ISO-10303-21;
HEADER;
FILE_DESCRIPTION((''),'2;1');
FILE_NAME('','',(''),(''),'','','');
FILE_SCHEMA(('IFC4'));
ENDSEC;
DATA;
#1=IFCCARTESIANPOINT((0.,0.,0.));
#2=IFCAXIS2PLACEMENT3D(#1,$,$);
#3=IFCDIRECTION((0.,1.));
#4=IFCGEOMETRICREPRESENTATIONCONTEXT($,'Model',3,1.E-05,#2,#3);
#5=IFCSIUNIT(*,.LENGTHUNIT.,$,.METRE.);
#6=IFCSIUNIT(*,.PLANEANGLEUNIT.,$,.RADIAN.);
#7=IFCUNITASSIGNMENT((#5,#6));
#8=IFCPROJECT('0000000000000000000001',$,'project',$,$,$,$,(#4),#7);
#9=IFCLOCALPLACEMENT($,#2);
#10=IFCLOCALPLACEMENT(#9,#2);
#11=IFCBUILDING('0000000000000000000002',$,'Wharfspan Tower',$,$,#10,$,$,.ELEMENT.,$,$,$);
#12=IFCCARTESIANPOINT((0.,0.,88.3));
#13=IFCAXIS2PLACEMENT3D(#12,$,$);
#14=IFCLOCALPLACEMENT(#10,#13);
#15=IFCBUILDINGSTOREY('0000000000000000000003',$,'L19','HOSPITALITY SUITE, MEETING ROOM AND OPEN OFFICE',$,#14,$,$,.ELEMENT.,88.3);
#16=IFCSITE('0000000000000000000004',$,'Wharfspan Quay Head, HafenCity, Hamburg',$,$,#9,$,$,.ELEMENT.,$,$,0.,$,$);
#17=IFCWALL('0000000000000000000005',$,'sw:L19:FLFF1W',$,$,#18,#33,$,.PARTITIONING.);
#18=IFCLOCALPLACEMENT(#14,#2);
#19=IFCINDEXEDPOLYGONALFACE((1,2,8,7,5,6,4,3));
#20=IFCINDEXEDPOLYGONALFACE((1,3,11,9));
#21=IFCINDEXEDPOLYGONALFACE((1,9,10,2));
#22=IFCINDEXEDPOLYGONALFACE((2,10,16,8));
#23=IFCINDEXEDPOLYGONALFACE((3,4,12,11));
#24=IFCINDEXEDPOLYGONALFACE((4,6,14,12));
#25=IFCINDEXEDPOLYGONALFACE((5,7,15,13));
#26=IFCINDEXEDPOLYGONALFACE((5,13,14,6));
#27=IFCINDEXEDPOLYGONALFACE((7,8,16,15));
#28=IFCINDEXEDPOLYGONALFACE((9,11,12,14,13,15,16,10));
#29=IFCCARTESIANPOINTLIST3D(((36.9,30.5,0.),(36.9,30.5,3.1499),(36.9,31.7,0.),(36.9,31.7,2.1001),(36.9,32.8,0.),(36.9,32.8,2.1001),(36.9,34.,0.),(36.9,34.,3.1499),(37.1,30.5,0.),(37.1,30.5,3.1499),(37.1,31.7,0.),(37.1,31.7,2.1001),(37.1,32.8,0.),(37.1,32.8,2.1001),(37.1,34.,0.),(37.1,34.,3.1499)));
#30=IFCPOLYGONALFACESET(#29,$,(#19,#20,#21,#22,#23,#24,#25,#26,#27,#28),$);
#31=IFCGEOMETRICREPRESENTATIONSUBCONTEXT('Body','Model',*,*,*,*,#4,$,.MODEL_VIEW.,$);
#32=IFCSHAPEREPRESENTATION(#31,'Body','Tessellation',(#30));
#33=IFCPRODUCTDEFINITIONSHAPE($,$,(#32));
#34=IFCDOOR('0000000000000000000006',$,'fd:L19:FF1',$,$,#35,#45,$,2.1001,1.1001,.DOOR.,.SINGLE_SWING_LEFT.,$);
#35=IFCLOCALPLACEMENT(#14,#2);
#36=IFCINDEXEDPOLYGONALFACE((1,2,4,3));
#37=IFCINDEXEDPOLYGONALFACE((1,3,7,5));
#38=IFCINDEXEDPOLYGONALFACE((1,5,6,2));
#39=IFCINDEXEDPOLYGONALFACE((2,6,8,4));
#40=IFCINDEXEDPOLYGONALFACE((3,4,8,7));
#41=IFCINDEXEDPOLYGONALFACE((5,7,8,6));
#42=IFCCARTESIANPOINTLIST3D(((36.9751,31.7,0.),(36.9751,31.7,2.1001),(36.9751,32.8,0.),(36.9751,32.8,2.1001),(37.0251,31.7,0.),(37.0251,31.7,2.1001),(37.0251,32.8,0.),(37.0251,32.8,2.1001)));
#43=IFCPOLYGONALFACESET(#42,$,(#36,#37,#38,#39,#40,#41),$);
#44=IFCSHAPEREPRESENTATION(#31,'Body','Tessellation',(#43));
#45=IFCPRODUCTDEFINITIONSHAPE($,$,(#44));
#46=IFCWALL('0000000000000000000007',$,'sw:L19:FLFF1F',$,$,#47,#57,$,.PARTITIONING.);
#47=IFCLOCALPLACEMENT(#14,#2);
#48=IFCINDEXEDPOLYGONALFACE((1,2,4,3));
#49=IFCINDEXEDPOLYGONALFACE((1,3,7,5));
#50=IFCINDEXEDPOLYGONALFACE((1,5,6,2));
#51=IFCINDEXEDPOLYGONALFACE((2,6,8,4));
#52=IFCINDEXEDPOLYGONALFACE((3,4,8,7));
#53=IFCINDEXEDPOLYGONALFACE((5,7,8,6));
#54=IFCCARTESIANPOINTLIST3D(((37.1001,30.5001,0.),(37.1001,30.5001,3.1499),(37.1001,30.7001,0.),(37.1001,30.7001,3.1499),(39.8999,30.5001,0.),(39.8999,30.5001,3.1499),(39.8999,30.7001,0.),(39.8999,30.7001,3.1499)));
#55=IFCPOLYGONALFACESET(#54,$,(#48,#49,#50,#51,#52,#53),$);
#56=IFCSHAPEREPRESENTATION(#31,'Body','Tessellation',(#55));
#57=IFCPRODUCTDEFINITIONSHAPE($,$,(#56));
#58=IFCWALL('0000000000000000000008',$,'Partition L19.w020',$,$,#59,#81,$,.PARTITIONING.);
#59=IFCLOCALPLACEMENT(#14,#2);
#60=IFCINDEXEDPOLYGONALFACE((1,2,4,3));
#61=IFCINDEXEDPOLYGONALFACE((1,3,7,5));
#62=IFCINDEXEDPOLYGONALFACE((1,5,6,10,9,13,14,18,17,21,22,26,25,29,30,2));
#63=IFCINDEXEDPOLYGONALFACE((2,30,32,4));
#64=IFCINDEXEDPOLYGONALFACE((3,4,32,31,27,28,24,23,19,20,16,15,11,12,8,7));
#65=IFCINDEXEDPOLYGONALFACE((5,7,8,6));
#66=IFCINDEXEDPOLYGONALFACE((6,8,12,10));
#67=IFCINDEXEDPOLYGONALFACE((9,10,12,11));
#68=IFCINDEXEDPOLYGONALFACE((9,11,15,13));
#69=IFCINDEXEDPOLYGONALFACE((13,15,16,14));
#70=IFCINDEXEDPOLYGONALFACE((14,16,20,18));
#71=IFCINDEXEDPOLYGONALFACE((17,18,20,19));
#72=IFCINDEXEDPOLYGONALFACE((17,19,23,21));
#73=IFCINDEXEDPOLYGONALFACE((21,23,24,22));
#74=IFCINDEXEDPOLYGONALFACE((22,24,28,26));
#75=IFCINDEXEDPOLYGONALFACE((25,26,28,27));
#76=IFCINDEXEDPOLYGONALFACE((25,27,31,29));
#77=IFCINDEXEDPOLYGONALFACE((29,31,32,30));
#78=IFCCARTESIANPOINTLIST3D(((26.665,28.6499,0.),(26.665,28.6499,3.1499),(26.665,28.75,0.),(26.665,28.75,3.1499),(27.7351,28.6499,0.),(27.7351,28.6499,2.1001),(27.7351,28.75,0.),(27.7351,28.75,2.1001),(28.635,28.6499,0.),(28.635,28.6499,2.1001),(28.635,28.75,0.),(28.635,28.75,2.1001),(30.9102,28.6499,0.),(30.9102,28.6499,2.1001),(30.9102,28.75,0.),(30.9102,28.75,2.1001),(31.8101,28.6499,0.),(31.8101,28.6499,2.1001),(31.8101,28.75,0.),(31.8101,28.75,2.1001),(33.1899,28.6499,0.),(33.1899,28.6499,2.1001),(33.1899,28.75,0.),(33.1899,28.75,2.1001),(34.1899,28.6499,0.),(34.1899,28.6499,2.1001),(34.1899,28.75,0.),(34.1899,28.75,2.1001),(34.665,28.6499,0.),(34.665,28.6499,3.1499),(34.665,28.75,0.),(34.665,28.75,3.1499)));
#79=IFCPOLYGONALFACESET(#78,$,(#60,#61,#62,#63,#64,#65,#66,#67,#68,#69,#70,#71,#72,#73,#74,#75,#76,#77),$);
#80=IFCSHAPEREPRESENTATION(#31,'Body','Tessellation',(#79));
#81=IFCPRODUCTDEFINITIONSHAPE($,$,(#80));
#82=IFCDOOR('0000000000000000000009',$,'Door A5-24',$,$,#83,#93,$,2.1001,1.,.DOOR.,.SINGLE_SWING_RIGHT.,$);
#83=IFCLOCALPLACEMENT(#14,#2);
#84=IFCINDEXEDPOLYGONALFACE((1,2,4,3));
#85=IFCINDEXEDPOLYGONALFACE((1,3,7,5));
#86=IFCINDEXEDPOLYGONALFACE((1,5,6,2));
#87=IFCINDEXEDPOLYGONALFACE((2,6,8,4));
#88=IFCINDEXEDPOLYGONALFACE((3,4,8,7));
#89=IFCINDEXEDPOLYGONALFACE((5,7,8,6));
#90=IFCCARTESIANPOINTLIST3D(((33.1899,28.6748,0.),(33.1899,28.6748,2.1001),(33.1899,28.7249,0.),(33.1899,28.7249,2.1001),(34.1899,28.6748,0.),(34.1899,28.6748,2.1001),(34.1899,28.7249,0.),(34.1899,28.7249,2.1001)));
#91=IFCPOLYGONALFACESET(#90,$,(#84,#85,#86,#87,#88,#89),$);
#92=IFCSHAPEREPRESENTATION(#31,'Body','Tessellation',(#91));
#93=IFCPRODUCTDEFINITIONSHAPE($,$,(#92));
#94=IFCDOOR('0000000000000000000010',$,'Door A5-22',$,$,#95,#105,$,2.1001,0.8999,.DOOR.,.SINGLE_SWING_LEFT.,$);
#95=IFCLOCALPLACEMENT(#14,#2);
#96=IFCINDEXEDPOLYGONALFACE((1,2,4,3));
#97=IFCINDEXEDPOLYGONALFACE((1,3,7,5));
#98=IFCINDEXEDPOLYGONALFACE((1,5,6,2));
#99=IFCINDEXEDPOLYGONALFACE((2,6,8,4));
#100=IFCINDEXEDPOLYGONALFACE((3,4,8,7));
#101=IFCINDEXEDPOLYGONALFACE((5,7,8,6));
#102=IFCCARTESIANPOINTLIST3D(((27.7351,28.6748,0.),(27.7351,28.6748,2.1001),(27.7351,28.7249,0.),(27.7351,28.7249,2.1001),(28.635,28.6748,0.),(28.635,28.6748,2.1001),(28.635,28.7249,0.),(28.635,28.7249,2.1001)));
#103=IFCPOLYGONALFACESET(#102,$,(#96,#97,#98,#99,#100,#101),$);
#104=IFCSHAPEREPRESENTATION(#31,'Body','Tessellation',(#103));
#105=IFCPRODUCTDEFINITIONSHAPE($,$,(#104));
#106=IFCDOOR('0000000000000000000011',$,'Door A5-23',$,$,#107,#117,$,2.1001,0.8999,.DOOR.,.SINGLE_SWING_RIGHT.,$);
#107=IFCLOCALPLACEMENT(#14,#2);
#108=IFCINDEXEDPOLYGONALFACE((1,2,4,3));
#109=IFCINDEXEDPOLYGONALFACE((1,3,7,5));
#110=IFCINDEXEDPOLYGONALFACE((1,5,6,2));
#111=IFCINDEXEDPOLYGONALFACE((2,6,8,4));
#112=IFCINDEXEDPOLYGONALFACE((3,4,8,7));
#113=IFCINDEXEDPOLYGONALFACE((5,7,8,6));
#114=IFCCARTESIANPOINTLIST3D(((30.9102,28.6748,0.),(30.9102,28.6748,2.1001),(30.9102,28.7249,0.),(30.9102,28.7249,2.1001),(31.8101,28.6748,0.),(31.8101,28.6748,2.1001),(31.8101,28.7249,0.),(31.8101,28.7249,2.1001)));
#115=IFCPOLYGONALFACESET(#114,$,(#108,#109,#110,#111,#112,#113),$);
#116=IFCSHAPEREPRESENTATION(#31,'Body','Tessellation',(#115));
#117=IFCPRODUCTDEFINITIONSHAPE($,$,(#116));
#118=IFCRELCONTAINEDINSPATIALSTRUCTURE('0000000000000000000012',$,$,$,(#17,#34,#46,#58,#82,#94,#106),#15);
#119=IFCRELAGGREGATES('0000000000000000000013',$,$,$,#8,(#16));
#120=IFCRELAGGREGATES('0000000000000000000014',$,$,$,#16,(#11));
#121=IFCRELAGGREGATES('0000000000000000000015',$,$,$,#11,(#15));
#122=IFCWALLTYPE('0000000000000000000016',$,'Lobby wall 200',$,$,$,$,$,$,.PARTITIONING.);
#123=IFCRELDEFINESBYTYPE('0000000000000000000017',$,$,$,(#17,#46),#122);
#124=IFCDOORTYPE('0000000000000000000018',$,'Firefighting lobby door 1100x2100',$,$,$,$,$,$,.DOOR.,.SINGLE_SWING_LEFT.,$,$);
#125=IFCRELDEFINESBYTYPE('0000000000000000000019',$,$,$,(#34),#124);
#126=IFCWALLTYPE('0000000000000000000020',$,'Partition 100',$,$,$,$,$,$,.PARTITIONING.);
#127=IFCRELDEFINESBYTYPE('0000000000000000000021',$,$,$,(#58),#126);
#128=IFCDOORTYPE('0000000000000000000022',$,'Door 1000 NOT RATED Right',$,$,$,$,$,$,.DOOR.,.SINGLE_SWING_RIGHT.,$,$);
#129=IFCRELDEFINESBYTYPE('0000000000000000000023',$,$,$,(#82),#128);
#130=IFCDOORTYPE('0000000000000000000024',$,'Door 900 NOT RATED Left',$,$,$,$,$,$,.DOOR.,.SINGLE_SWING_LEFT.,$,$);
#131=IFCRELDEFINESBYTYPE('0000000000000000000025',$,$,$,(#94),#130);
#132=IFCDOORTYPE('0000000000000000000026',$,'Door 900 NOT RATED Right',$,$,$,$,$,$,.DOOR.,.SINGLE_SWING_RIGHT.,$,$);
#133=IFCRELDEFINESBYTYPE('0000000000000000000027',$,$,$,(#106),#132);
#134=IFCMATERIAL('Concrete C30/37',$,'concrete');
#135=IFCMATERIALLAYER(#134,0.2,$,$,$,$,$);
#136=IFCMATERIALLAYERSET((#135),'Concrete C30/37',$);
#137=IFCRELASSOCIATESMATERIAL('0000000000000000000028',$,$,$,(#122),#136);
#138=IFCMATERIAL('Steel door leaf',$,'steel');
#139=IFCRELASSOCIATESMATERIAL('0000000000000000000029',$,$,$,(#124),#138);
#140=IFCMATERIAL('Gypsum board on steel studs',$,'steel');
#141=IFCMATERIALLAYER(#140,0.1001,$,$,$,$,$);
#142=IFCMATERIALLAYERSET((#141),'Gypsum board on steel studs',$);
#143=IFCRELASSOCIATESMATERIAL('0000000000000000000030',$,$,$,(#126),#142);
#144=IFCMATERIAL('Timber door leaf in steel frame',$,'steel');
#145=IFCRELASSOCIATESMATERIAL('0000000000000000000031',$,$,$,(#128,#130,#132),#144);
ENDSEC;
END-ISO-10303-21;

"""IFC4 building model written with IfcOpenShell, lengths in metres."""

from ifc_helpers import new_model, si_unit, direction, frame, frame_2d, origin, place, context, subcontext, project, spatial, rectangle, extrude, material, layer, layer_set, type_object, element, fill, save


model = new_model("IFC4")

# Units and contexts
model_context = context("Model", 3, precision=1e-05, world=origin(), true_north=direction((0.0, 1.0)))
body_context = subcontext(model_context, "Body", "Model", "MODEL_VIEW")
ifc_project = project(units=[si_unit("LENGTHUNIT", "METRE"), si_unit("PLANEANGLEUNIT", "RADIAN")], contexts=[model_context])

# Site, building, storey
site_placement = place(None, origin())
site = spatial("IfcSite", under=ifc_project, at=site_placement, Name="Wharfspan Quay Head, HafenCity, Hamburg", CompositionType="ELEMENT", RefElevation=0.0)
building_placement = place(site_placement, origin())
building = spatial("IfcBuilding", under=site, at=building_placement, Name="Wharfspan Tower", CompositionType="ELEMENT")
storey_placement = place(building_placement, frame((0.0, 0.0, 88.3)))
storey = spatial("IfcBuildingStorey", under=building, at=storey_placement, Name="L19", Description="HOSPITALITY SUITE, MEETING ROOM AND OPEN OFFICE", CompositionType="ELEMENT", Elevation=88.3)

# Shared definitions
ifc_material_1 = material(Name="Gypsum board on steel studs", Category="steel")

# Wall, opening, door
ifc_material_2 = material(Name="Concrete C30/37", Category="concrete")
ifc_layer_1 = layer(ifc_material_2, 0.2)
ifc_layer_set_1 = layer_set([ifc_layer_1], Name="Concrete C30/37")
wall_type_1 = type_object("IfcWallType", Name="Lobby wall 200", PredefinedType="PARTITIONING", material=ifc_layer_set_1)
wall_1_placement = place(storey_placement, frame((37.0, 30.5, 0.0), z_axis=(0.0, 0.0, 1.0), x_axis=(0.0, 1.0, 0.0)))
wall_1 = element("IfcWall", 1, at=wall_1_placement, inside=storey, type_object=wall_type_1, Name="sw:L19:FLFF1W", PredefinedType="PARTITIONING", context=body_context, shape_type="SweptSolid", body=[
    extrude(rectangle(XDim=3.5, YDim=0.2, at=frame_2d((1.75, 0.0))), origin(), (0.0, 0.0, 1.0), 3.1499),
])
opening_1_placement = place(wall_1_placement, frame((1.2, 0.0, 0.0)))
opening_1 = element("IfcOpeningElement", 2, at=opening_1_placement, cuts=wall_1, PredefinedType="OPENING", context=body_context, shape_type="SweptSolid", body=[
    extrude(rectangle(XDim=1.1001, YDim=2.1001, at=frame_2d((0.55, 1.05))), frame((0.0, 0.1099, 0.0), z_axis=(0.0, -1.0, 0.0), x_axis=(1.0, 0.0, 0.0)), (0.0, 0.0, 1.0), 0.22),
])
ifc_material_3 = material(Name="Steel door leaf", Category="steel")
door_type_1 = type_object("IfcDoorType", Name="Firefighting lobby door 1100x2100", OperationType="SINGLE_SWING_LEFT", PredefinedType="DOOR", material=ifc_material_3)
door_1_placement = place(opening_1_placement, origin())
door_1 = element("IfcDoor", 3, at=door_1_placement, inside=storey, type_object=door_type_1, Name="fd:L19:FF1", OperationType="SINGLE_SWING_LEFT", OverallHeight=2.1001, OverallWidth=1.1001, PredefinedType="DOOR", context=body_context, shape_type="SweptSolid", body=[
    extrude(rectangle(XDim=1.1001, YDim=2.1001, at=frame_2d((0.55, 1.05))), frame((0.0, 0.0249, 0.0), z_axis=(0.0, -1.0, 0.0), x_axis=(1.0, 0.0, 0.0)), (0.0, 0.0, 1.0), 0.05),
])
fill(opening_1, door_1)

# Wall
wall_2_placement = place(storey_placement, frame((37.1001, 30.6001, 0.0), z_axis=(0.0, 0.0, 1.0), x_axis=(1.0, 0.0, 0.0)))
element("IfcWall", 4, at=wall_2_placement, inside=storey, type_object=wall_type_1, Name="sw:L19:FLFF1F", PredefinedType="PARTITIONING", context=body_context, shape_type="SweptSolid", body=[
    extrude(rectangle(XDim=2.7998, YDim=0.2, at=frame_2d((1.3999, 0.0))), origin(), (0.0, 0.0, 1.0), 3.1499),
])

# Wall, openings, doors
ifc_layer_2 = layer(ifc_material_1, 0.1001)
ifc_layer_set_2 = layer_set([ifc_layer_2], Name="Gypsum board on steel studs")
wall_type_2 = type_object("IfcWallType", Name="Partition 100", PredefinedType="PARTITIONING", material=ifc_layer_set_2)
wall_3_placement = place(storey_placement, frame((26.665, 28.7, 0.0), z_axis=(0.0, 0.0, 1.0), x_axis=(1.0, 0.0, 0.0)))
wall_3 = element("IfcWall", 5, at=wall_3_placement, inside=storey, type_object=wall_type_2, Name="Partition L19.w020", PredefinedType="PARTITIONING", context=body_context, shape_type="SweptSolid", body=[
    extrude(rectangle(XDim=8.0, YDim=0.1001, at=frame_2d((4.0, 0.0))), origin(), (0.0, 0.0, 1.0), 3.1499),
])
opening_2_placement = place(wall_3_placement, frame((1.0701, 0.0, 0.0)))
opening_2 = element("IfcOpeningElement", 6, at=opening_2_placement, cuts=wall_3, PredefinedType="OPENING", context=body_context, shape_type="SweptSolid", body=[
    extrude(rectangle(XDim=0.8999, YDim=2.1001, at=frame_2d((0.45, 1.05))), frame((0.0, 0.0601, 0.0), z_axis=(0.0, -1.0, 0.0), x_axis=(1.0, 0.0, 0.0)), (0.0, 0.0, 1.0), 0.1201),
])
opening_3_placement = place(wall_3_placement, frame((4.2451, 0.0, 0.0)))
opening_3 = element("IfcOpeningElement", 7, at=opening_3_placement, cuts=wall_3, PredefinedType="OPENING", context=body_context, shape_type="SweptSolid", body=[
    extrude(rectangle(XDim=0.8999, YDim=2.1001, at=frame_2d((0.45, 1.05))), frame((0.0, 0.0601, 0.0), z_axis=(0.0, -1.0, 0.0), x_axis=(1.0, 0.0, 0.0)), (0.0, 0.0, 1.0), 0.1201),
])
opening_4_placement = place(wall_3_placement, frame((6.5249, 0.0, 0.0)))
opening_4 = element("IfcOpeningElement", 8, at=opening_4_placement, cuts=wall_3, PredefinedType="OPENING", context=body_context, shape_type="SweptSolid", body=[
    extrude(rectangle(XDim=1.0, YDim=2.1001, at=frame_2d((0.5, 1.05))), frame((0.0, 0.0601, 0.0), z_axis=(0.0, -1.0, 0.0), x_axis=(1.0, 0.0, 0.0)), (0.0, 0.0, 1.0), 0.1201),
])
ifc_material_4 = material(Name="Timber door leaf in steel frame", Category="steel")
door_type_2 = type_object("IfcDoorType", Name="Door 1000 NOT RATED Right", OperationType="SINGLE_SWING_RIGHT", PredefinedType="DOOR", material=ifc_material_4)
door_2_placement = place(opening_4_placement, origin())
door_2 = element("IfcDoor", 9, at=door_2_placement, inside=storey, type_object=door_type_2, Name="Door A5-24", OperationType="SINGLE_SWING_RIGHT", OverallHeight=2.1001, OverallWidth=1.0, PredefinedType="DOOR", context=body_context, shape_type="SweptSolid", body=[
    extrude(rectangle(XDim=1.0, YDim=2.1001, at=frame_2d((0.5, 1.05))), frame((0.0, 0.0249, 0.0), z_axis=(0.0, -1.0, 0.0), x_axis=(1.0, 0.0, 0.0)), (0.0, 0.0, 1.0), 0.05),
])
fill(opening_4, door_2)
door_type_3 = type_object("IfcDoorType", Name="Door 900 NOT RATED Left", OperationType="SINGLE_SWING_LEFT", PredefinedType="DOOR", material=ifc_material_4)
door_3_placement = place(opening_2_placement, origin())
door_3 = element("IfcDoor", 10, at=door_3_placement, inside=storey, type_object=door_type_3, Name="Door A5-22", OperationType="SINGLE_SWING_LEFT", OverallHeight=2.1001, OverallWidth=0.8999, PredefinedType="DOOR", context=body_context, shape_type="SweptSolid", body=[
    extrude(rectangle(XDim=0.8999, YDim=2.1001, at=frame_2d((0.45, 1.05))), frame((0.0, 0.0249, 0.0), z_axis=(0.0, -1.0, 0.0), x_axis=(1.0, 0.0, 0.0)), (0.0, 0.0, 1.0), 0.05),
])
fill(opening_2, door_3)
door_type_4 = type_object("IfcDoorType", Name="Door 900 NOT RATED Right", OperationType="SINGLE_SWING_RIGHT", PredefinedType="DOOR", material=ifc_material_4)
door_4_placement = place(opening_3_placement, origin())
door_4 = element("IfcDoor", 11, at=door_4_placement, inside=storey, type_object=door_type_4, Name="Door A5-23", OperationType="SINGLE_SWING_RIGHT", OverallHeight=2.1001, OverallWidth=0.8999, PredefinedType="DOOR", context=body_context, shape_type="SweptSolid", body=[
    extrude(rectangle(XDim=0.8999, YDim=2.1001, at=frame_2d((0.45, 1.05))), frame((0.0, 0.0249, 0.0), z_axis=(0.0, -1.0, 0.0), x_axis=(1.0, 0.0, 0.0)), (0.0, 0.0, 1.0), 0.05),
])
fill(opening_3, door_4)

save(model, "model.ifc")
